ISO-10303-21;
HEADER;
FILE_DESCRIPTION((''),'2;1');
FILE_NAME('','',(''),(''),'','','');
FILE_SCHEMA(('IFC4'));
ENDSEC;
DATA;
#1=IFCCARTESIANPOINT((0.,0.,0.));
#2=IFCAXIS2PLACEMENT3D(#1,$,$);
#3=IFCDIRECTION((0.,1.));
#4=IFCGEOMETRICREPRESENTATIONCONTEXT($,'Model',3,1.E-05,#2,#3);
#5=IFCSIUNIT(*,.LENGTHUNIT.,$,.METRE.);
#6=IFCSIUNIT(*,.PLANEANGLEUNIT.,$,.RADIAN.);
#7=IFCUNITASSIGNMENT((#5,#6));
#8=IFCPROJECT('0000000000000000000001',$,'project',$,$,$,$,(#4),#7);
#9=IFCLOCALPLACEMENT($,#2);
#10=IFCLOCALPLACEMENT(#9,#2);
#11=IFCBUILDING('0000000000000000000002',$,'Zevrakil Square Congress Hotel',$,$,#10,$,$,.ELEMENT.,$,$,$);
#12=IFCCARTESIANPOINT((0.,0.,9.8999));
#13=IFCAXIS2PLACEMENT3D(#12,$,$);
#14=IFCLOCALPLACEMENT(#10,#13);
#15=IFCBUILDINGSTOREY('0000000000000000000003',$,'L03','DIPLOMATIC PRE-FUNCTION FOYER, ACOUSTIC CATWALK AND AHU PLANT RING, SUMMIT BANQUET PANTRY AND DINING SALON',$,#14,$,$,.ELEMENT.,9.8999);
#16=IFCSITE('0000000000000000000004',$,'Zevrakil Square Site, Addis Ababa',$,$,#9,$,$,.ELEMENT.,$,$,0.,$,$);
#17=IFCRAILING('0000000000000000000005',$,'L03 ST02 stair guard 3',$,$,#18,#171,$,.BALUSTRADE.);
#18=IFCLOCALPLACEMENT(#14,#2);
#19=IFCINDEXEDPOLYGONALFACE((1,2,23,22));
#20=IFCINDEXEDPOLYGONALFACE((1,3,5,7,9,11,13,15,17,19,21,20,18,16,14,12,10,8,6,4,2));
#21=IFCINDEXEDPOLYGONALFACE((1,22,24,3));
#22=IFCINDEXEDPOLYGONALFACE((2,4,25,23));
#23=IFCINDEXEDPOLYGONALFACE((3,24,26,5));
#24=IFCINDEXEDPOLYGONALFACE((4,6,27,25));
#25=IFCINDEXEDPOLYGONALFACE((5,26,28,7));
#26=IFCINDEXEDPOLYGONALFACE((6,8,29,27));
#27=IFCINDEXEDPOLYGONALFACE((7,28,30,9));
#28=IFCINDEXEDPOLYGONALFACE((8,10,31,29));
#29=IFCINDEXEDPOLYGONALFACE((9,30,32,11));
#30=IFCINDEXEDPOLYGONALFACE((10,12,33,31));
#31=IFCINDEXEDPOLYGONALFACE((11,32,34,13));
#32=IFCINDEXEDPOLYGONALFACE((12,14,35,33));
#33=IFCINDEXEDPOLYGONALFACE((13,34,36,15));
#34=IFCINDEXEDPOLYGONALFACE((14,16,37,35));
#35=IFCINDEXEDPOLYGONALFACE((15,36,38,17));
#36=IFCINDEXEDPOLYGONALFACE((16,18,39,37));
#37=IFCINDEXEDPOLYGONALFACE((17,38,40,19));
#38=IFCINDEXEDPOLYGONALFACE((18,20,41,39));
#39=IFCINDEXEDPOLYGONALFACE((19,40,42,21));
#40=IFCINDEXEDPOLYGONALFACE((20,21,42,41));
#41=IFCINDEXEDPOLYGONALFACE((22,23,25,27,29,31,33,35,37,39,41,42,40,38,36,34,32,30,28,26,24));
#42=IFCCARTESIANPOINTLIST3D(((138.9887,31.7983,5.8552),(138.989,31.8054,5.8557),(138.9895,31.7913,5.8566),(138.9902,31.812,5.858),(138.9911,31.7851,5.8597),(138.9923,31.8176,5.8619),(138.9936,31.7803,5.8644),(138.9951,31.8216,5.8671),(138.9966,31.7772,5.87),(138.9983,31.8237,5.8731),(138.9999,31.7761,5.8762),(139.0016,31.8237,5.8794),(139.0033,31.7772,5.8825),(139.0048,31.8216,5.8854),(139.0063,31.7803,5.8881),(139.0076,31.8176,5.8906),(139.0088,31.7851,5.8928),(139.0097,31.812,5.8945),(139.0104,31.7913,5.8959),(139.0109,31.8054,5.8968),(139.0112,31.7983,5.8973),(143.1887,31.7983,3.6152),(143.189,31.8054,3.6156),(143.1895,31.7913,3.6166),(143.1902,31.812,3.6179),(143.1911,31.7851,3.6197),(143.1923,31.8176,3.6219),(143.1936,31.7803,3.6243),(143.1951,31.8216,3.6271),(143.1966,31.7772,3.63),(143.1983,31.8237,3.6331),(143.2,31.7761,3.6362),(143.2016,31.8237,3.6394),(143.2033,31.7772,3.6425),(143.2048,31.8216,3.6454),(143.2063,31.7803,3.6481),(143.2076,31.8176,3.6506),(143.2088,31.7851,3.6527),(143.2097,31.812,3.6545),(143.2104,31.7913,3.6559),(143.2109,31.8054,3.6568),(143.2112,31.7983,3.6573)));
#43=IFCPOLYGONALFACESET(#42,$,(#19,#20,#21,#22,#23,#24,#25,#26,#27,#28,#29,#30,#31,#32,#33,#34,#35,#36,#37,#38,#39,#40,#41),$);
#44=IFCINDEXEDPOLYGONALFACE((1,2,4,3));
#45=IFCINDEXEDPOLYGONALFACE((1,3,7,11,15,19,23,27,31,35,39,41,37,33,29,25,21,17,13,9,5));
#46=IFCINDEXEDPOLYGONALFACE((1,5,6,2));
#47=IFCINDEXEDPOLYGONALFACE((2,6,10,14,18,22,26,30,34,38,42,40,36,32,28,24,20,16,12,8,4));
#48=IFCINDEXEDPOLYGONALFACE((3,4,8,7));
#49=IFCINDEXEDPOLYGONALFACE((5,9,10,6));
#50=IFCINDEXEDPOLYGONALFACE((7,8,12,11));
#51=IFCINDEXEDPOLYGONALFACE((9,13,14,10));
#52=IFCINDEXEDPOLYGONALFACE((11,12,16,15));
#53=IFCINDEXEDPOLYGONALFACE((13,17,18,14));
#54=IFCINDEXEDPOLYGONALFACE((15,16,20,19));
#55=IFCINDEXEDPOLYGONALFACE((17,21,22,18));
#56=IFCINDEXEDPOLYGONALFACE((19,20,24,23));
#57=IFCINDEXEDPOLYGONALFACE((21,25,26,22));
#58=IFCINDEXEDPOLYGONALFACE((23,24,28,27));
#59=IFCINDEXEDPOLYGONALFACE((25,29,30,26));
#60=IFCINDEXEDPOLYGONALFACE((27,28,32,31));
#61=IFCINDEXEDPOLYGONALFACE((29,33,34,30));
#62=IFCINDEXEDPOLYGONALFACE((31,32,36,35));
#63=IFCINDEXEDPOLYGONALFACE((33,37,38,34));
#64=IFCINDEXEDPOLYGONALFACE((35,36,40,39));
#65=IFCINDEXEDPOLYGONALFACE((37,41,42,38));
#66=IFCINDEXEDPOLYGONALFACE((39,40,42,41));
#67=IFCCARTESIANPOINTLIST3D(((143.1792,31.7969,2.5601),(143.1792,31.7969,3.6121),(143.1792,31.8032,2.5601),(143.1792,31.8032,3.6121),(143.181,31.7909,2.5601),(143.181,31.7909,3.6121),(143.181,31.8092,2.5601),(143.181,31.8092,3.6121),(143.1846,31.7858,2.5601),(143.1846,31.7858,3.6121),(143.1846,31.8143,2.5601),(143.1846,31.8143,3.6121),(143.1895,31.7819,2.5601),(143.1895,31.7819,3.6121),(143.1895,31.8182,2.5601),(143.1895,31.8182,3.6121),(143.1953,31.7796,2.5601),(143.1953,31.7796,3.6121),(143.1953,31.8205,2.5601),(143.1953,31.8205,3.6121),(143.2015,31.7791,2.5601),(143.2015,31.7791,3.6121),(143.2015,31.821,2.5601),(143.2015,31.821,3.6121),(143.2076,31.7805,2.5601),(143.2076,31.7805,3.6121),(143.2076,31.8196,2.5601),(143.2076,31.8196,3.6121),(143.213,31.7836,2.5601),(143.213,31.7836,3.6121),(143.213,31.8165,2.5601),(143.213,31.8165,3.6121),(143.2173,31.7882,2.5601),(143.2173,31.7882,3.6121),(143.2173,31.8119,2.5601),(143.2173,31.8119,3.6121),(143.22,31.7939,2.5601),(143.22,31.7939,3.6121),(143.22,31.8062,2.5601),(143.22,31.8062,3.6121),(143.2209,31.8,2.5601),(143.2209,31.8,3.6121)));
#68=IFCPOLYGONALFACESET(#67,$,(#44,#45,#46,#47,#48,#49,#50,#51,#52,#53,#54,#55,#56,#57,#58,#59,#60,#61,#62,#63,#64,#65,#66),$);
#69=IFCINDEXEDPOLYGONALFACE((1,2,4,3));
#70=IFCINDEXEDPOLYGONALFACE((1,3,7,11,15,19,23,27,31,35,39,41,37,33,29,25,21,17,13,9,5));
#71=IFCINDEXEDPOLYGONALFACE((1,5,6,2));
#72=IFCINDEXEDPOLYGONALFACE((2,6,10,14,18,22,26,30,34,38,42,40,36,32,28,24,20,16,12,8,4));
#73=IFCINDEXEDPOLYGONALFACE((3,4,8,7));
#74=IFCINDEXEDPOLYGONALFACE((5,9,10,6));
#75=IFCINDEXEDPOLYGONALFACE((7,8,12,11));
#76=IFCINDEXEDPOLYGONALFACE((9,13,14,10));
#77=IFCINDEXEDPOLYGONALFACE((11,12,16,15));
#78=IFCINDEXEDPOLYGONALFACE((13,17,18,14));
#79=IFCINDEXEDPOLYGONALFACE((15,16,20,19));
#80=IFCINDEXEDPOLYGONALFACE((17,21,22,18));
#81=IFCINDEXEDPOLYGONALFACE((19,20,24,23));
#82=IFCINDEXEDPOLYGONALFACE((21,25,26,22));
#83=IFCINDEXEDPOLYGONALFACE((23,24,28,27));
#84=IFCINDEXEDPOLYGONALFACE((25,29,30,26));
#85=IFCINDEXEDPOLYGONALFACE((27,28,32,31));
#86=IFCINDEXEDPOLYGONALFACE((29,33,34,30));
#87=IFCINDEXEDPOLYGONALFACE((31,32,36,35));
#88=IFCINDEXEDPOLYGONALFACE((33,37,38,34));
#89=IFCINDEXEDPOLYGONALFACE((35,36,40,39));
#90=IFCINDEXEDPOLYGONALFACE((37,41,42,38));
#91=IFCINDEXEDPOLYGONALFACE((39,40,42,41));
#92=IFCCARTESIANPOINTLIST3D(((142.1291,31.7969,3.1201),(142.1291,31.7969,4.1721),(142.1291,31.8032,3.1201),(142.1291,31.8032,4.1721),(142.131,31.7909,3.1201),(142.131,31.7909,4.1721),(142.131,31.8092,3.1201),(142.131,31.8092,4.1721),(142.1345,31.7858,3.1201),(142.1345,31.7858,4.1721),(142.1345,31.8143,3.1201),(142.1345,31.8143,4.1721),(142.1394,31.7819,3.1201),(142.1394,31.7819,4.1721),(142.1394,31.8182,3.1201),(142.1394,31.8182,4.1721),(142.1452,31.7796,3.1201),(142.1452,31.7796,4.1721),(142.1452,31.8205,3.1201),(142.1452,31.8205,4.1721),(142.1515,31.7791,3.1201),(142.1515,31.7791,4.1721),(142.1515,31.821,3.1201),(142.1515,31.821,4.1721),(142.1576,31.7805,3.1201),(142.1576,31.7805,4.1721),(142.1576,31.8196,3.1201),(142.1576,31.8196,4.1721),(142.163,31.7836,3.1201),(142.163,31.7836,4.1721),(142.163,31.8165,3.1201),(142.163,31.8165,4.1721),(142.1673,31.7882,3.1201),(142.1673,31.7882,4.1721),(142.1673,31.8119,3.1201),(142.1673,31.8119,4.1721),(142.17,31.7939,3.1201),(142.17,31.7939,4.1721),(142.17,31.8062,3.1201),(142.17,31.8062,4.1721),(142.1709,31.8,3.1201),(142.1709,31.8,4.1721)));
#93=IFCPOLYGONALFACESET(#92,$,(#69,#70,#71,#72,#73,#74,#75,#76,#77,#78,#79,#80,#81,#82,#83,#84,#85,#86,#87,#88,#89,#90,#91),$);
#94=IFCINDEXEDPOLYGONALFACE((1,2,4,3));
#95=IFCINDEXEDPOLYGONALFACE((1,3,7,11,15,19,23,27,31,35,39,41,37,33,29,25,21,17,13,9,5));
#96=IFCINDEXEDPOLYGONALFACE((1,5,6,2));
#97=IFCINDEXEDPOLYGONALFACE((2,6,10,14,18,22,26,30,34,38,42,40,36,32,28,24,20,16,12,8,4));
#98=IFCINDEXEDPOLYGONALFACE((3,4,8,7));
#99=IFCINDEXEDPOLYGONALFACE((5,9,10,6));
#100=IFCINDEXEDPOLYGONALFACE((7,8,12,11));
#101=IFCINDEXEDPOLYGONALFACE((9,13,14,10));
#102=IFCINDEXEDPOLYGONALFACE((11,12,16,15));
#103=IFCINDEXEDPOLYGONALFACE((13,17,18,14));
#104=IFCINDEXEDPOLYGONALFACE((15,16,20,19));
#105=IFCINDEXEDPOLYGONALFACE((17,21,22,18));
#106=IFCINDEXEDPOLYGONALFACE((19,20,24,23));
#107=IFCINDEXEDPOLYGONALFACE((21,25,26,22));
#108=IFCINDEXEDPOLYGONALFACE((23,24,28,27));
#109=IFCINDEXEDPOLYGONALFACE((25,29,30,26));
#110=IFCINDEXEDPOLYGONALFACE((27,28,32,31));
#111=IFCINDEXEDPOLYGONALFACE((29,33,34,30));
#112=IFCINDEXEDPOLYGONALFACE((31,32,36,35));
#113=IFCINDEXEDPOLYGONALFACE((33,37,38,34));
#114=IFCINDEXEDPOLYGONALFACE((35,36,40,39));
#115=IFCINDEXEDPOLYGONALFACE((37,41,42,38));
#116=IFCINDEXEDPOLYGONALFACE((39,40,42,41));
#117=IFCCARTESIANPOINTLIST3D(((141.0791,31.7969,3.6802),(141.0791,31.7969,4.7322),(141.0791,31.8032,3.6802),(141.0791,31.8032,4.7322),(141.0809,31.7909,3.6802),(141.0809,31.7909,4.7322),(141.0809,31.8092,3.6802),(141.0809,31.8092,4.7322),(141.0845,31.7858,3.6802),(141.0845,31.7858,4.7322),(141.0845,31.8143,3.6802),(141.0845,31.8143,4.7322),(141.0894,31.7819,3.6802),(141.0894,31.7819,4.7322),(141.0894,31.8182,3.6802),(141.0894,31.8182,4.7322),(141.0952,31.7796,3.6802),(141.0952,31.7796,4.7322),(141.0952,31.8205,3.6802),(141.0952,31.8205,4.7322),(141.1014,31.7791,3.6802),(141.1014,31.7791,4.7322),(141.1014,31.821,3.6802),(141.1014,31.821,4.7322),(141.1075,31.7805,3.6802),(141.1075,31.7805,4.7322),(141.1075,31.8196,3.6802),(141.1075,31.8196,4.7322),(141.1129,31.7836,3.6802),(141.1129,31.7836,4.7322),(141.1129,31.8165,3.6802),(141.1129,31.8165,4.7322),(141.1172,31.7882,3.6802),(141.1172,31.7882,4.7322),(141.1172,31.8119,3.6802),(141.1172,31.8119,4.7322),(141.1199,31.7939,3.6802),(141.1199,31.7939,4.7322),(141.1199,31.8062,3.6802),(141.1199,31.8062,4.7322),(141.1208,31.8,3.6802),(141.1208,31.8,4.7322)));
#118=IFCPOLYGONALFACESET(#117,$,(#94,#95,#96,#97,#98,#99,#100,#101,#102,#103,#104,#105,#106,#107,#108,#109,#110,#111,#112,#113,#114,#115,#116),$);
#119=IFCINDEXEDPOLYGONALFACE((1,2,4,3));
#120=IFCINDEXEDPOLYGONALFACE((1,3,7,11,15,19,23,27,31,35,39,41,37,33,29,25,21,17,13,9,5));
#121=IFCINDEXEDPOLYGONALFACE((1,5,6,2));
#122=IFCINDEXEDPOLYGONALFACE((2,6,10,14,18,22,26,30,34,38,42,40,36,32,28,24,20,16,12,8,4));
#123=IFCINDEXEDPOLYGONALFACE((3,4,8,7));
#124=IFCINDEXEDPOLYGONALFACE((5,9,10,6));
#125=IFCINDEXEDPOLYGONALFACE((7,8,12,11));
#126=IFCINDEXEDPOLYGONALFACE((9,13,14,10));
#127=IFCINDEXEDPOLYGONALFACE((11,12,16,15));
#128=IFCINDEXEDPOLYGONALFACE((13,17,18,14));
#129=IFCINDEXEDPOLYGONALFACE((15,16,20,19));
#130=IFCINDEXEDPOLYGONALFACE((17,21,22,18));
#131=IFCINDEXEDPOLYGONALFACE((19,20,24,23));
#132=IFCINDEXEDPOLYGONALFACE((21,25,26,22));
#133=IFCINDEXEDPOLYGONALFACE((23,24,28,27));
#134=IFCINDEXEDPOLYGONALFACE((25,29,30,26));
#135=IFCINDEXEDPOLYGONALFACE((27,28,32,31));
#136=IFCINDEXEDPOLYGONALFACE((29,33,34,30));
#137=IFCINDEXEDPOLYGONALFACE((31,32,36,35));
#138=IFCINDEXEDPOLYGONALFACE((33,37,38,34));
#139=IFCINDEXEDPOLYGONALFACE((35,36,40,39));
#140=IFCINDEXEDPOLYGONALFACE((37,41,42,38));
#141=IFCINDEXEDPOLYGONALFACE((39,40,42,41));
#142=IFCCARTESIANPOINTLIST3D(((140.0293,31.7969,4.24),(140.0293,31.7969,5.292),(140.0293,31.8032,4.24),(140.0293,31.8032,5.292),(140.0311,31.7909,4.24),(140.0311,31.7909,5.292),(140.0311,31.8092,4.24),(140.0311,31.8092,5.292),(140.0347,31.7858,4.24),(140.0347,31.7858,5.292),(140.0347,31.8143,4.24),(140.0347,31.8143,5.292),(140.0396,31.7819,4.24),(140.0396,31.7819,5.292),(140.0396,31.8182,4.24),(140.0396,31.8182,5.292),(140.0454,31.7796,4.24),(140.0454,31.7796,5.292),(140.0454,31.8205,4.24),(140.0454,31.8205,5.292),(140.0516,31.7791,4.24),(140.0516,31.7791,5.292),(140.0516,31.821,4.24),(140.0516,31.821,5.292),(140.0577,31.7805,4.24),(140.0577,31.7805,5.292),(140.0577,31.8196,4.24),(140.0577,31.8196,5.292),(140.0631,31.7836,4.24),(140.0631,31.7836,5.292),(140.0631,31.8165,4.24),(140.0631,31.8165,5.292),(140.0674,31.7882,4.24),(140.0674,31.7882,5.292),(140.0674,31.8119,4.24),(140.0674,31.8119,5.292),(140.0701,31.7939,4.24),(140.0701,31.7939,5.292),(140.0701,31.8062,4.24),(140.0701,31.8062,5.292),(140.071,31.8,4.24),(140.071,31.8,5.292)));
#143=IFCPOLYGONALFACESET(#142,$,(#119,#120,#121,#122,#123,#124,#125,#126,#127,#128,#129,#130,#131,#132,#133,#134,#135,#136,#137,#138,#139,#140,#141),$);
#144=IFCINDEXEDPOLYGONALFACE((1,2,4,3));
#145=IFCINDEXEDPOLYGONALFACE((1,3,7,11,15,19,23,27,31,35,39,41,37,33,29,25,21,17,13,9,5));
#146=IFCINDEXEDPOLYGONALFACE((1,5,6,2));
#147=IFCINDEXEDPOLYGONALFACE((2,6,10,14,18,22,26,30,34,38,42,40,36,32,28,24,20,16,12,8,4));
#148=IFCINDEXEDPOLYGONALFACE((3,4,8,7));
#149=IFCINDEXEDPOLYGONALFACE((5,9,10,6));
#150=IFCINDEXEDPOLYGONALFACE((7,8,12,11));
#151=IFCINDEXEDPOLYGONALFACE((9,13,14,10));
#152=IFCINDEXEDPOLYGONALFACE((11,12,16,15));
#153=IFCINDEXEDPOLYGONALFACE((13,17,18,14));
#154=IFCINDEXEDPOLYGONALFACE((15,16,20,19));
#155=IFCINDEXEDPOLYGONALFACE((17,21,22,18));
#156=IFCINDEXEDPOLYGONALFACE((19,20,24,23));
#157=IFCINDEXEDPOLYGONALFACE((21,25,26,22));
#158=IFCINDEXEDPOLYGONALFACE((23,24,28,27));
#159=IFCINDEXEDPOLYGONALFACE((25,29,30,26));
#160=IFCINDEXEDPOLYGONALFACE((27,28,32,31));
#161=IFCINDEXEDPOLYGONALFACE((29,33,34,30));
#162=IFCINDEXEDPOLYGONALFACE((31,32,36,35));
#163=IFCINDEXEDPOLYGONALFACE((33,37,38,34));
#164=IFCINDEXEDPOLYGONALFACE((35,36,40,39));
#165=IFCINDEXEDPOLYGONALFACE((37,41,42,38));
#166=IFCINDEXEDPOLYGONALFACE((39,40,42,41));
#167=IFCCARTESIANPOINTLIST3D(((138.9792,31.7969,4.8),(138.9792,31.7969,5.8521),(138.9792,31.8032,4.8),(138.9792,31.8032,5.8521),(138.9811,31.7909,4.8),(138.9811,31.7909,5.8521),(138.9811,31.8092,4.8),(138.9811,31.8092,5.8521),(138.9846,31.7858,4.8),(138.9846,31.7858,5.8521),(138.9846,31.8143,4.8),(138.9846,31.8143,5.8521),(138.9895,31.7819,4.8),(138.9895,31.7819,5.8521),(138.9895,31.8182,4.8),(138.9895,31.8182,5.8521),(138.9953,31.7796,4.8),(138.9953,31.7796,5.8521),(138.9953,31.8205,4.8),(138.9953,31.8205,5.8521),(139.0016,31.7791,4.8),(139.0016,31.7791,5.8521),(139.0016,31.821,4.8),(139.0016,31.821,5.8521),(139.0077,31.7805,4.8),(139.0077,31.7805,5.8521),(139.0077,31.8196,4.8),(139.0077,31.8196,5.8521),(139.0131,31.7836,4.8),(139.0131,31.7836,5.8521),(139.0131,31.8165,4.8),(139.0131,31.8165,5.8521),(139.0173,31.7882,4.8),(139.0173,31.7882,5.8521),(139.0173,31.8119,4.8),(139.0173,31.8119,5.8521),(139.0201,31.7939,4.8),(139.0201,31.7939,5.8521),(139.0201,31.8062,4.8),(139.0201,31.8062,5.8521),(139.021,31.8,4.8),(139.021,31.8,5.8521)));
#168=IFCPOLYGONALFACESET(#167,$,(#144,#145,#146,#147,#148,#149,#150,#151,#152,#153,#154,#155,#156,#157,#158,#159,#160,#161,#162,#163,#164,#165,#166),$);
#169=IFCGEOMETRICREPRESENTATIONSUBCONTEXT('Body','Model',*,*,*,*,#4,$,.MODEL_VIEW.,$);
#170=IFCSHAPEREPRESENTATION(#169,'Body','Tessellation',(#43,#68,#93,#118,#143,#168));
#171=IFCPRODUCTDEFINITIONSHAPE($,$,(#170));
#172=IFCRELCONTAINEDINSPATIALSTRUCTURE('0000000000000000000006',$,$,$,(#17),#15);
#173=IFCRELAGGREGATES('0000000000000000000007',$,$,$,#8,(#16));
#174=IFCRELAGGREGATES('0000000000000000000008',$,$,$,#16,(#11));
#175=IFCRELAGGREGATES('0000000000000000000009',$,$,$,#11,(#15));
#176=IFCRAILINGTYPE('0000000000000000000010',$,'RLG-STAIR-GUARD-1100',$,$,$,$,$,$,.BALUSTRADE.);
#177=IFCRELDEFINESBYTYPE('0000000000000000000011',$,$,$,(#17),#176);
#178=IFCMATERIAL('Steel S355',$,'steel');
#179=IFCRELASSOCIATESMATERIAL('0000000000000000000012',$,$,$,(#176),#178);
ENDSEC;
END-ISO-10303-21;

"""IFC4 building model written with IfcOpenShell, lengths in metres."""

from ifc_helpers import new_model, si_unit, direction, frame, origin, origin_2d, place, context, subcontext, project, spatial, circle, extrude, material, type_object, element, save


model = new_model("IFC4")

# Units and contexts
model_context = context("Model", 3, precision=1e-05, world=origin(), true_north=direction((0.0, 1.0)))
body_context = subcontext(model_context, "Body", "Model", "MODEL_VIEW")
ifc_project = project(units=[si_unit("LENGTHUNIT", "METRE"), si_unit("PLANEANGLEUNIT", "RADIAN")], contexts=[model_context])

# Site, building, storey
site_placement = place(None, origin())
site = spatial("IfcSite", under=ifc_project, at=site_placement, Name="Zevrakil Square Site, Addis Ababa", CompositionType="ELEMENT", RefElevation=0.0)
building_placement = place(site_placement, origin())
building = spatial("IfcBuilding", under=site, at=building_placement, Name="Zevrakil Square Congress Hotel", CompositionType="ELEMENT")
storey_placement = place(building_placement, frame((0.0, 0.0, 9.8999)))
storey = spatial("IfcBuildingStorey", under=building, at=storey_placement, Name="L03", Description="DIPLOMATIC PRE-FUNCTION FOYER, ACOUSTIC CATWALK AND AHU PLANT RING, SUMMIT BANQUET PANTRY AND DINING SALON", CompositionType="ELEMENT", Elevation=9.8999)

# Railing
ifc_material_1 = material(Name="Steel S355", Category="steel")
railing_type_1 = type_object("IfcRailingType", Name="RLG-STAIR-GUARD-1100", PredefinedType="BALUSTRADE", material=ifc_material_1)
railing_1_placement = place(storey_placement, frame((143.2, 31.8, 2.5601)))
element("IfcRailing", 1, at=railing_1_placement, inside=storey, type_object=railing_type_1, Name="L03 ST02 stair guard 3", PredefinedType="BALUSTRADE", context=body_context, shape_type="SweptSolid", body=[
    extrude(circle(Radius=0.0239, at=origin_2d()), frame((0.0, 0.0, 1.0762), z_axis=(-0.882352, 0.0, 0.470591), x_axis=(0.0, -1.0, 0.0)), (0.0, 0.0, 1.0), 4.76),
    extrude(circle(Radius=0.021, at=origin_2d()), origin(), (0.0, 0.0, 1.0), 1.052),
    extrude(circle(Radius=0.021, at=origin_2d()), frame((-1.05, 0.0, 0.5601)), (0.0, 0.0, 1.0), 1.052),
    extrude(circle(Radius=0.021, at=origin_2d()), frame((-2.1001, 0.0, 1.1201)), (0.0, 0.0, 1.0), 1.052),
    extrude(circle(Radius=0.021, at=origin_2d()), frame((-3.1499, 0.0, 1.6799)), (0.0, 0.0, 1.0), 1.052),
    extrude(circle(Radius=0.021, at=origin_2d()), frame((-4.2, 0.0, 2.24)), (0.0, 0.0, 1.0), 1.052),
])

save(model, "model.ifc")
